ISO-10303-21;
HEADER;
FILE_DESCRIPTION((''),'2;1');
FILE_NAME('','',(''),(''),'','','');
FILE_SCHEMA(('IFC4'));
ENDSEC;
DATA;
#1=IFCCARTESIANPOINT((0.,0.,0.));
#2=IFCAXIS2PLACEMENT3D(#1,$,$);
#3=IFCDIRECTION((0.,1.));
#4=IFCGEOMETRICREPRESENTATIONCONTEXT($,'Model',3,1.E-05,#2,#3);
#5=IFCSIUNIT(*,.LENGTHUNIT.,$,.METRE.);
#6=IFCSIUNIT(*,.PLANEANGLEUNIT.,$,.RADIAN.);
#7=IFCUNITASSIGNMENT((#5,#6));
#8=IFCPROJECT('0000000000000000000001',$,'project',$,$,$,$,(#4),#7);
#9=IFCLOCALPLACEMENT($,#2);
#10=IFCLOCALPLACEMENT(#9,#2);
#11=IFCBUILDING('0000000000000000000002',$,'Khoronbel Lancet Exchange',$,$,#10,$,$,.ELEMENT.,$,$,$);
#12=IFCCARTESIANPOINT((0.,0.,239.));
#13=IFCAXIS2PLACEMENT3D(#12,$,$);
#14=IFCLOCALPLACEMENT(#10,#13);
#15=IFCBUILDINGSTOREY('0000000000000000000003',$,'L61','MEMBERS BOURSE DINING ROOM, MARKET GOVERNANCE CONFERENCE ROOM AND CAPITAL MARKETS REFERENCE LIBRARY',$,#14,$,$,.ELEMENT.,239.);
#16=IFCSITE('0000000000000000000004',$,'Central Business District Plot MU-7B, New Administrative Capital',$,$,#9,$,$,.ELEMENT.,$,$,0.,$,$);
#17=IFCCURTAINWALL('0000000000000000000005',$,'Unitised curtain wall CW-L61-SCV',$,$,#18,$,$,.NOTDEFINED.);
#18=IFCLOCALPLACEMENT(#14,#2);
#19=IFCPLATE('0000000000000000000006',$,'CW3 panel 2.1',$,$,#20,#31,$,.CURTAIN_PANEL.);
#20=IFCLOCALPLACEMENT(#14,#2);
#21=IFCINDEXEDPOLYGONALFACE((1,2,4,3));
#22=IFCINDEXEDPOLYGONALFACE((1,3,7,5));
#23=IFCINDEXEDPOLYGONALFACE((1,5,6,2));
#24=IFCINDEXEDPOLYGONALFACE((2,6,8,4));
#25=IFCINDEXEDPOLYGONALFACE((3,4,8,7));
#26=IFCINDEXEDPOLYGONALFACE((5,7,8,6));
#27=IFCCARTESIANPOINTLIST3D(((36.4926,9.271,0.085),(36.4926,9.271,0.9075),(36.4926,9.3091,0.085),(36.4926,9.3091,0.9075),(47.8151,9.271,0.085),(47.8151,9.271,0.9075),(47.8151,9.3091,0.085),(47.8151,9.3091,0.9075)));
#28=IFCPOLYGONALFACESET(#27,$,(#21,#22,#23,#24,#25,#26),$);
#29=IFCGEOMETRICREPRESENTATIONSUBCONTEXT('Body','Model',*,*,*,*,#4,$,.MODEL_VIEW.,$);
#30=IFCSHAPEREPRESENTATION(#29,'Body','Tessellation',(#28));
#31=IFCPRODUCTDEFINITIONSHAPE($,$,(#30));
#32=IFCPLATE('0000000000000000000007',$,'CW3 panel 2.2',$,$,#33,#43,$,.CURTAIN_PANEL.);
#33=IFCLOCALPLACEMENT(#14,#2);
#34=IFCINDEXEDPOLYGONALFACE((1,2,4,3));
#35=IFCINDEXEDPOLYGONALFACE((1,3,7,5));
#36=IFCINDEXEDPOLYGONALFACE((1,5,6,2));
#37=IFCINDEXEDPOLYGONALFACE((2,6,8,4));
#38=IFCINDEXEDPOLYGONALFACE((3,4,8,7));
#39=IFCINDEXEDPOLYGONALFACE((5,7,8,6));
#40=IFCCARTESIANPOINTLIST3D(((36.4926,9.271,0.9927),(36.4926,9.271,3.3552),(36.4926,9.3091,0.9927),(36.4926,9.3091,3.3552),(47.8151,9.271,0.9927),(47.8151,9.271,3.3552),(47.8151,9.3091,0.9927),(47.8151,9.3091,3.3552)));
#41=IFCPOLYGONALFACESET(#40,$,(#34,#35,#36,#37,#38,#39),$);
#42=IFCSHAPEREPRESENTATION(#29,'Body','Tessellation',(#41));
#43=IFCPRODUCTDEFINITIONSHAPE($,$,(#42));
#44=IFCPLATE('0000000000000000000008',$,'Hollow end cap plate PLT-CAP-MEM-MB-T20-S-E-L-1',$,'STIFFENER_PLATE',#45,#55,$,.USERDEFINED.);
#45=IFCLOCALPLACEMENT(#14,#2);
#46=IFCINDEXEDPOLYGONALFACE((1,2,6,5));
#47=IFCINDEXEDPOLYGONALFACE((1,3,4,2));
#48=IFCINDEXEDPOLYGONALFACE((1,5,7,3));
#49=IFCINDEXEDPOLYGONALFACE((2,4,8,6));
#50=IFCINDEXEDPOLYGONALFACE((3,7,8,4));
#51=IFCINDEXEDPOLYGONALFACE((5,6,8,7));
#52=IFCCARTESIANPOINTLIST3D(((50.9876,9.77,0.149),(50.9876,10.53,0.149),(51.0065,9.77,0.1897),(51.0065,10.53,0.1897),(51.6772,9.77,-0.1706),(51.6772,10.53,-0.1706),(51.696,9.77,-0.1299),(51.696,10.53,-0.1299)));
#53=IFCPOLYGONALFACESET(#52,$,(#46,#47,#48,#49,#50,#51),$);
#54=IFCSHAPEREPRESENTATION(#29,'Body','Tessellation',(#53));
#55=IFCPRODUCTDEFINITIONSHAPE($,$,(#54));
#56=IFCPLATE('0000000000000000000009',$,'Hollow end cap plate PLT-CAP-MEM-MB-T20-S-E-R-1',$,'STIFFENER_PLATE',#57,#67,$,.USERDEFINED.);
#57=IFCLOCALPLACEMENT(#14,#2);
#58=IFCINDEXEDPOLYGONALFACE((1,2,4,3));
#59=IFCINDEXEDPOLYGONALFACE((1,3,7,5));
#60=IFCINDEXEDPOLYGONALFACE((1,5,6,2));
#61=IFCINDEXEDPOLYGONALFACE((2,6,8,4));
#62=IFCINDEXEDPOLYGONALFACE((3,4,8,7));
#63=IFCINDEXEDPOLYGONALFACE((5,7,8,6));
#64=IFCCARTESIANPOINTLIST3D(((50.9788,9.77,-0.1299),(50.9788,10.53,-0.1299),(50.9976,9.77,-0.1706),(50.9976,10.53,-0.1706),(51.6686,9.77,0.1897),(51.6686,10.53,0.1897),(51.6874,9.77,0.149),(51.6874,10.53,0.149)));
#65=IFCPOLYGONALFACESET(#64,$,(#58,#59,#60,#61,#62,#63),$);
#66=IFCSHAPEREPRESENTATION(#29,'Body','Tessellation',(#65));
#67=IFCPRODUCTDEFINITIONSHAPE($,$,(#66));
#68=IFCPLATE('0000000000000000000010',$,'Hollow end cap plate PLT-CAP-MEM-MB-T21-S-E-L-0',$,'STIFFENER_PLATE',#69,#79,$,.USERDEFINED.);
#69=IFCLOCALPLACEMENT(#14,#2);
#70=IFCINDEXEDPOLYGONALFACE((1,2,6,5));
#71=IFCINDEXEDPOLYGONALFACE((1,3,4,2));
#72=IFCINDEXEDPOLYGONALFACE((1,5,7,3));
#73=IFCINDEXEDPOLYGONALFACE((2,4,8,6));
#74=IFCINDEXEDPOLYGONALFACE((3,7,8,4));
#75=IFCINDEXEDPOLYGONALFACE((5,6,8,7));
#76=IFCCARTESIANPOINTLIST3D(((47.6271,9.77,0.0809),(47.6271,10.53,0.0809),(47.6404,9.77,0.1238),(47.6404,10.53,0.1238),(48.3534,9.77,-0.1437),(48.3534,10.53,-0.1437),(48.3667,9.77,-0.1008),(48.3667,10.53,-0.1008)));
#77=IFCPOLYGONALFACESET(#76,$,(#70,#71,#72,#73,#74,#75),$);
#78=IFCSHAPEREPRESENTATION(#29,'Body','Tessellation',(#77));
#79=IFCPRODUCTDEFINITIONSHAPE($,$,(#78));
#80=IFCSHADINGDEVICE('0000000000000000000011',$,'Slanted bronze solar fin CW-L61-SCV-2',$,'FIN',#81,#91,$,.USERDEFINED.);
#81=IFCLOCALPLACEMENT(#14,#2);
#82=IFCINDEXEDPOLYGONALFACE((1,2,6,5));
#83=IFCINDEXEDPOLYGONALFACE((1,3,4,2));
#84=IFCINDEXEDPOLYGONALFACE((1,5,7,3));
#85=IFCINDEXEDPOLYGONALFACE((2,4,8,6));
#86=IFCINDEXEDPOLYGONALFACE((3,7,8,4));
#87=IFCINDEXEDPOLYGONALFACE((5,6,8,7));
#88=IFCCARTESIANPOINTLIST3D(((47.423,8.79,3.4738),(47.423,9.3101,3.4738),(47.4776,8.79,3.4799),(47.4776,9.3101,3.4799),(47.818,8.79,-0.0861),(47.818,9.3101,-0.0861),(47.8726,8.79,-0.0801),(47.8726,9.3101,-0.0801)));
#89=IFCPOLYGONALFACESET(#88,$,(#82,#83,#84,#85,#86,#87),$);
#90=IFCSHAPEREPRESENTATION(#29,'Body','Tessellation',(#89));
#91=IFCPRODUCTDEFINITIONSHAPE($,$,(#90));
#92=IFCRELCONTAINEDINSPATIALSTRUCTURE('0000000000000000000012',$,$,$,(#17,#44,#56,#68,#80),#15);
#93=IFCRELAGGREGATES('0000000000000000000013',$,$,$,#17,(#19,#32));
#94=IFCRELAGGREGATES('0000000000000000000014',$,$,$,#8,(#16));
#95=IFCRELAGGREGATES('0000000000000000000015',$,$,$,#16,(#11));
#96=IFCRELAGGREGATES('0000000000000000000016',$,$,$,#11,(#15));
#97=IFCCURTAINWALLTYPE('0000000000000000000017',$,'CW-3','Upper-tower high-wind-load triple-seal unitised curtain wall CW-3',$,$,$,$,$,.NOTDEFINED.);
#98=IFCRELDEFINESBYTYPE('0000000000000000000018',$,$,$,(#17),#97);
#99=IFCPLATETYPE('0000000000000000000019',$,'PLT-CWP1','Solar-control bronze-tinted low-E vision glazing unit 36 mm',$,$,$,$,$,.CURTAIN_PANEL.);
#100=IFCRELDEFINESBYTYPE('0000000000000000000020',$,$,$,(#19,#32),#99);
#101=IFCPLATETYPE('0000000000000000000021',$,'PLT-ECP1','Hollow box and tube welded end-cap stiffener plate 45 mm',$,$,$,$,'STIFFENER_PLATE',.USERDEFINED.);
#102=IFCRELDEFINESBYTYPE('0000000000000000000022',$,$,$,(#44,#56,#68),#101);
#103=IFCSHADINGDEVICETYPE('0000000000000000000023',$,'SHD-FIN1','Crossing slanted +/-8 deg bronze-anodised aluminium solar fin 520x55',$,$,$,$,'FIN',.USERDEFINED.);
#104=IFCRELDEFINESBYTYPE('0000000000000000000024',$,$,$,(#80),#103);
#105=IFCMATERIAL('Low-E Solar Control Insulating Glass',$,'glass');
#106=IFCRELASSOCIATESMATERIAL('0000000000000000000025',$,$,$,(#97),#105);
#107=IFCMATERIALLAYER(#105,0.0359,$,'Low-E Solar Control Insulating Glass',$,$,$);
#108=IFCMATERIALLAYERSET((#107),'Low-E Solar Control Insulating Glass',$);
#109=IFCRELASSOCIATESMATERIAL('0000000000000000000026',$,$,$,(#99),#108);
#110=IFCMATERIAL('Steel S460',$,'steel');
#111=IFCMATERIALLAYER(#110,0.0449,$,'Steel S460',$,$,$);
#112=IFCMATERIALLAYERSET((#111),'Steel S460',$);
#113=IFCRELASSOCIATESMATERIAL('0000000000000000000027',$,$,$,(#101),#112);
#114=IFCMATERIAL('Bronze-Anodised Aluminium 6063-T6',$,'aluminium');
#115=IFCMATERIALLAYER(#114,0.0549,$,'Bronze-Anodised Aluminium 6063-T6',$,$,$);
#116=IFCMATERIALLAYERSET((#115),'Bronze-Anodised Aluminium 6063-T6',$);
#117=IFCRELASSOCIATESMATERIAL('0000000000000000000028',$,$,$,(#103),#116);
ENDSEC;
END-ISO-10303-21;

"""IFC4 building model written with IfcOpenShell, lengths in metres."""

from ifc_helpers import new_model, si_unit, direction, frame, origin, origin_2d, place, context, subcontext, project, spatial, polyline, rectangle, outline, extrude, material, layer, layer_set, type_object, element, aggregate, save


model = new_model("IFC4")

# Units and contexts
model_context = context("Model", 3, precision=1e-05, world=origin(), true_north=direction((0.0, 1.0)))
body_context = subcontext(model_context, "Body", "Model", "MODEL_VIEW")
ifc_project = project(units=[si_unit("LENGTHUNIT", "METRE"), si_unit("PLANEANGLEUNIT", "RADIAN")], contexts=[model_context])

# Site, building, storey
site_placement = place(None, origin())
site = spatial("IfcSite", under=ifc_project, at=site_placement, Name="Central Business District Plot MU-7B, New Administrative Capital", CompositionType="ELEMENT", RefElevation=0.0)
building_placement = place(site_placement, origin())
building = spatial("IfcBuilding", under=site, at=building_placement, Name="Khoronbel Lancet Exchange", CompositionType="ELEMENT")
storey_placement = place(building_placement, frame((0.0, 0.0, 239.0)))
storey = spatial("IfcBuildingStorey", under=building, at=storey_placement, Name="L61", Description="MEMBERS BOURSE DINING ROOM, MARKET GOVERNANCE CONFERENCE ROOM AND CAPITAL MARKETS REFERENCE LIBRARY", CompositionType="ELEMENT", Elevation=239.0)

# Shared definitions
ifc_material_1 = material(Name="Steel S460", Category="steel")

# Curtain wall
ifc_material_2 = material(Name="Low-E Solar Control Insulating Glass", Category="glass")
curtain_wall_type = type_object("IfcCurtainWallType", Name="CW-3", Description="Upper-tower high-wind-load triple-seal unitised curtain wall CW-3", PredefinedType="NOTDEFINED", material=ifc_material_2)
curtain_wall_1_placement = place(storey_placement, origin())
curtain_wall_1 = element("IfcCurtainWall", 1, at=curtain_wall_1_placement, inside=storey, type_object=curtain_wall_type, Name="Unitised curtain wall CW-L61-SCV", PredefinedType="NOTDEFINED")
ifc_material_3 = material(Name="Bronze-Anodised Aluminium 6063-T6", Category="aluminium")

# Plates
ifc_layer_1 = layer(ifc_material_2, 0.0359, Name="Low-E Solar Control Insulating Glass")
ifc_layer_set_1 = layer_set([ifc_layer_1], Name="Low-E Solar Control Insulating Glass")
plate_type_1 = type_object("IfcPlateType", Name="PLT-CWP1", Description="Solar-control bronze-tinted low-E vision glazing unit 36 mm", PredefinedType="CURTAIN_PANEL", material=ifc_layer_set_1)
plate_1_placement = place(storey_placement, frame((42.1538, 9.29, 0.085), z_axis=(0.0, 0.0, 1.0), x_axis=(1.0, 0.0, 0.0)))
plate_1 = element("IfcPlate", 2, at=plate_1_placement, type_object=plate_type_1, Name="CW3 panel 2.1", PredefinedType="CURTAIN_PANEL", context=body_context, shape_type="SweptSolid", body=[
    extrude(rectangle(XDim=11.3225, YDim=0.0381, at=origin_2d()), origin(), (0.0, 0.0, 1.0), 0.8225),
])
plate_2_placement = place(storey_placement, frame((42.1538, 9.29, 0.9927), z_axis=(0.0, 0.0, 1.0), x_axis=(1.0, 0.0, 0.0)))
plate_2 = element("IfcPlate", 3, at=plate_2_placement, type_object=plate_type_1, Name="CW3 panel 2.2", PredefinedType="CURTAIN_PANEL", context=body_context, shape_type="SweptSolid", body=[
    extrude(rectangle(XDim=11.3225, YDim=0.0381, at=origin_2d()), origin(), (0.0, 0.0, 1.0), 2.3625),
])
aggregate(curtain_wall_1, [plate_1, plate_2])

# Plates
ifc_layer_2 = layer(ifc_material_1, 0.0449, Name="Steel S460")
ifc_layer_set_2 = layer_set([ifc_layer_2], Name="Steel S460")
plate_type_2 = type_object("IfcPlateType", Name="PLT-ECP1", Description="Hollow box and tube welded end-cap stiffener plate 45 mm", ElementType="STIFFENER_PLATE", PredefinedType="USERDEFINED", material=ifc_layer_set_2)
plate_3_placement = place(storey_placement, frame((51.696, 9.77, -0.1299), z_axis=(0.420545, 0.0, 0.907272), x_axis=(0.0, 1.0, 0.0)))
element("IfcPlate", 4, at=plate_3_placement, inside=storey, type_object=plate_type_2, Name="Hollow end cap plate PLT-CAP-MEM-MB-T20-S-E-L-1", ObjectType="STIFFENER_PLATE", PredefinedType="USERDEFINED", context=body_context, shape_type="SweptSolid", body=[
    extrude(outline(polyline([(0.0, 0.0), (0.76, 0.0), (0.76, 0.76), (0.0, 0.76), (0.0, 0.0)])), origin(), (0.0, 0.0, -1.0), 0.0449),
])
for number, where, z_axis, x_axis, name in (
    (5, (50.9788, 10.53, -0.1299), (-0.420422, 0.0, 0.907329), (0.0, -1.0, 0.0), "Hollow end cap plate PLT-CAP-MEM-MB-T20-S-E-R-1"),
    (6, (48.3667, 9.77, -0.1008), (0.29544, 0.0, 0.955361), (0.0, 1.0, 0.0), "Hollow end cap plate PLT-CAP-MEM-MB-T21-S-E-L-0"),
):
    element("IfcPlate", number, at=place(storey_placement, frame(where, z_axis=z_axis, x_axis=x_axis)), inside=storey, type_object=plate_type_2, Name=name, ObjectType="STIFFENER_PLATE", PredefinedType="USERDEFINED", context=body_context, shape_type="SweptSolid", body=[
        extrude(outline(polyline([(0.0, 0.0), (0.76, 0.0), (0.76, 0.7603), (0.0, 0.7603), (0.0, 0.0)])), origin(), (0.0, 0.0, -1.0), 0.0449),
    ])

# Shading device
ifc_layer_3 = layer(ifc_material_3, 0.0549, Name="Bronze-Anodised Aluminium 6063-T6")
ifc_layer_set_3 = layer_set([ifc_layer_3], Name="Bronze-Anodised Aluminium 6063-T6")
shading_device_type = type_object("IfcShadingDeviceType", Name="SHD-FIN1", Description="Crossing slanted +/-8 deg bronze-anodised aluminium solar fin 520x55", ElementType="FIN", PredefinedType="USERDEFINED", material=ifc_layer_set_3)
shading_device_placement = place(storey_placement, frame((47.8726, 9.3101, -0.0801), z_axis=(0.9939, 0.0, 0.110282), x_axis=(0.0, -1.0, 0.0)))
element("IfcShadingDevice", 7, at=shading_device_placement, inside=storey, type_object=shading_device_type, Name="Slanted bronze solar fin CW-L61-SCV-2", ObjectType="FIN", PredefinedType="USERDEFINED", context=body_context, shape_type="SweptSolid", body=[
    extrude(outline(polyline([(0.0, 0.0), (0.52, 0.0), (0.52, -3.5818), (0.0, -3.5818), (0.0, 0.0)])), origin(), (0.0, 0.0, -1.0), 0.0549),
])

save(model, "model.ifc")
